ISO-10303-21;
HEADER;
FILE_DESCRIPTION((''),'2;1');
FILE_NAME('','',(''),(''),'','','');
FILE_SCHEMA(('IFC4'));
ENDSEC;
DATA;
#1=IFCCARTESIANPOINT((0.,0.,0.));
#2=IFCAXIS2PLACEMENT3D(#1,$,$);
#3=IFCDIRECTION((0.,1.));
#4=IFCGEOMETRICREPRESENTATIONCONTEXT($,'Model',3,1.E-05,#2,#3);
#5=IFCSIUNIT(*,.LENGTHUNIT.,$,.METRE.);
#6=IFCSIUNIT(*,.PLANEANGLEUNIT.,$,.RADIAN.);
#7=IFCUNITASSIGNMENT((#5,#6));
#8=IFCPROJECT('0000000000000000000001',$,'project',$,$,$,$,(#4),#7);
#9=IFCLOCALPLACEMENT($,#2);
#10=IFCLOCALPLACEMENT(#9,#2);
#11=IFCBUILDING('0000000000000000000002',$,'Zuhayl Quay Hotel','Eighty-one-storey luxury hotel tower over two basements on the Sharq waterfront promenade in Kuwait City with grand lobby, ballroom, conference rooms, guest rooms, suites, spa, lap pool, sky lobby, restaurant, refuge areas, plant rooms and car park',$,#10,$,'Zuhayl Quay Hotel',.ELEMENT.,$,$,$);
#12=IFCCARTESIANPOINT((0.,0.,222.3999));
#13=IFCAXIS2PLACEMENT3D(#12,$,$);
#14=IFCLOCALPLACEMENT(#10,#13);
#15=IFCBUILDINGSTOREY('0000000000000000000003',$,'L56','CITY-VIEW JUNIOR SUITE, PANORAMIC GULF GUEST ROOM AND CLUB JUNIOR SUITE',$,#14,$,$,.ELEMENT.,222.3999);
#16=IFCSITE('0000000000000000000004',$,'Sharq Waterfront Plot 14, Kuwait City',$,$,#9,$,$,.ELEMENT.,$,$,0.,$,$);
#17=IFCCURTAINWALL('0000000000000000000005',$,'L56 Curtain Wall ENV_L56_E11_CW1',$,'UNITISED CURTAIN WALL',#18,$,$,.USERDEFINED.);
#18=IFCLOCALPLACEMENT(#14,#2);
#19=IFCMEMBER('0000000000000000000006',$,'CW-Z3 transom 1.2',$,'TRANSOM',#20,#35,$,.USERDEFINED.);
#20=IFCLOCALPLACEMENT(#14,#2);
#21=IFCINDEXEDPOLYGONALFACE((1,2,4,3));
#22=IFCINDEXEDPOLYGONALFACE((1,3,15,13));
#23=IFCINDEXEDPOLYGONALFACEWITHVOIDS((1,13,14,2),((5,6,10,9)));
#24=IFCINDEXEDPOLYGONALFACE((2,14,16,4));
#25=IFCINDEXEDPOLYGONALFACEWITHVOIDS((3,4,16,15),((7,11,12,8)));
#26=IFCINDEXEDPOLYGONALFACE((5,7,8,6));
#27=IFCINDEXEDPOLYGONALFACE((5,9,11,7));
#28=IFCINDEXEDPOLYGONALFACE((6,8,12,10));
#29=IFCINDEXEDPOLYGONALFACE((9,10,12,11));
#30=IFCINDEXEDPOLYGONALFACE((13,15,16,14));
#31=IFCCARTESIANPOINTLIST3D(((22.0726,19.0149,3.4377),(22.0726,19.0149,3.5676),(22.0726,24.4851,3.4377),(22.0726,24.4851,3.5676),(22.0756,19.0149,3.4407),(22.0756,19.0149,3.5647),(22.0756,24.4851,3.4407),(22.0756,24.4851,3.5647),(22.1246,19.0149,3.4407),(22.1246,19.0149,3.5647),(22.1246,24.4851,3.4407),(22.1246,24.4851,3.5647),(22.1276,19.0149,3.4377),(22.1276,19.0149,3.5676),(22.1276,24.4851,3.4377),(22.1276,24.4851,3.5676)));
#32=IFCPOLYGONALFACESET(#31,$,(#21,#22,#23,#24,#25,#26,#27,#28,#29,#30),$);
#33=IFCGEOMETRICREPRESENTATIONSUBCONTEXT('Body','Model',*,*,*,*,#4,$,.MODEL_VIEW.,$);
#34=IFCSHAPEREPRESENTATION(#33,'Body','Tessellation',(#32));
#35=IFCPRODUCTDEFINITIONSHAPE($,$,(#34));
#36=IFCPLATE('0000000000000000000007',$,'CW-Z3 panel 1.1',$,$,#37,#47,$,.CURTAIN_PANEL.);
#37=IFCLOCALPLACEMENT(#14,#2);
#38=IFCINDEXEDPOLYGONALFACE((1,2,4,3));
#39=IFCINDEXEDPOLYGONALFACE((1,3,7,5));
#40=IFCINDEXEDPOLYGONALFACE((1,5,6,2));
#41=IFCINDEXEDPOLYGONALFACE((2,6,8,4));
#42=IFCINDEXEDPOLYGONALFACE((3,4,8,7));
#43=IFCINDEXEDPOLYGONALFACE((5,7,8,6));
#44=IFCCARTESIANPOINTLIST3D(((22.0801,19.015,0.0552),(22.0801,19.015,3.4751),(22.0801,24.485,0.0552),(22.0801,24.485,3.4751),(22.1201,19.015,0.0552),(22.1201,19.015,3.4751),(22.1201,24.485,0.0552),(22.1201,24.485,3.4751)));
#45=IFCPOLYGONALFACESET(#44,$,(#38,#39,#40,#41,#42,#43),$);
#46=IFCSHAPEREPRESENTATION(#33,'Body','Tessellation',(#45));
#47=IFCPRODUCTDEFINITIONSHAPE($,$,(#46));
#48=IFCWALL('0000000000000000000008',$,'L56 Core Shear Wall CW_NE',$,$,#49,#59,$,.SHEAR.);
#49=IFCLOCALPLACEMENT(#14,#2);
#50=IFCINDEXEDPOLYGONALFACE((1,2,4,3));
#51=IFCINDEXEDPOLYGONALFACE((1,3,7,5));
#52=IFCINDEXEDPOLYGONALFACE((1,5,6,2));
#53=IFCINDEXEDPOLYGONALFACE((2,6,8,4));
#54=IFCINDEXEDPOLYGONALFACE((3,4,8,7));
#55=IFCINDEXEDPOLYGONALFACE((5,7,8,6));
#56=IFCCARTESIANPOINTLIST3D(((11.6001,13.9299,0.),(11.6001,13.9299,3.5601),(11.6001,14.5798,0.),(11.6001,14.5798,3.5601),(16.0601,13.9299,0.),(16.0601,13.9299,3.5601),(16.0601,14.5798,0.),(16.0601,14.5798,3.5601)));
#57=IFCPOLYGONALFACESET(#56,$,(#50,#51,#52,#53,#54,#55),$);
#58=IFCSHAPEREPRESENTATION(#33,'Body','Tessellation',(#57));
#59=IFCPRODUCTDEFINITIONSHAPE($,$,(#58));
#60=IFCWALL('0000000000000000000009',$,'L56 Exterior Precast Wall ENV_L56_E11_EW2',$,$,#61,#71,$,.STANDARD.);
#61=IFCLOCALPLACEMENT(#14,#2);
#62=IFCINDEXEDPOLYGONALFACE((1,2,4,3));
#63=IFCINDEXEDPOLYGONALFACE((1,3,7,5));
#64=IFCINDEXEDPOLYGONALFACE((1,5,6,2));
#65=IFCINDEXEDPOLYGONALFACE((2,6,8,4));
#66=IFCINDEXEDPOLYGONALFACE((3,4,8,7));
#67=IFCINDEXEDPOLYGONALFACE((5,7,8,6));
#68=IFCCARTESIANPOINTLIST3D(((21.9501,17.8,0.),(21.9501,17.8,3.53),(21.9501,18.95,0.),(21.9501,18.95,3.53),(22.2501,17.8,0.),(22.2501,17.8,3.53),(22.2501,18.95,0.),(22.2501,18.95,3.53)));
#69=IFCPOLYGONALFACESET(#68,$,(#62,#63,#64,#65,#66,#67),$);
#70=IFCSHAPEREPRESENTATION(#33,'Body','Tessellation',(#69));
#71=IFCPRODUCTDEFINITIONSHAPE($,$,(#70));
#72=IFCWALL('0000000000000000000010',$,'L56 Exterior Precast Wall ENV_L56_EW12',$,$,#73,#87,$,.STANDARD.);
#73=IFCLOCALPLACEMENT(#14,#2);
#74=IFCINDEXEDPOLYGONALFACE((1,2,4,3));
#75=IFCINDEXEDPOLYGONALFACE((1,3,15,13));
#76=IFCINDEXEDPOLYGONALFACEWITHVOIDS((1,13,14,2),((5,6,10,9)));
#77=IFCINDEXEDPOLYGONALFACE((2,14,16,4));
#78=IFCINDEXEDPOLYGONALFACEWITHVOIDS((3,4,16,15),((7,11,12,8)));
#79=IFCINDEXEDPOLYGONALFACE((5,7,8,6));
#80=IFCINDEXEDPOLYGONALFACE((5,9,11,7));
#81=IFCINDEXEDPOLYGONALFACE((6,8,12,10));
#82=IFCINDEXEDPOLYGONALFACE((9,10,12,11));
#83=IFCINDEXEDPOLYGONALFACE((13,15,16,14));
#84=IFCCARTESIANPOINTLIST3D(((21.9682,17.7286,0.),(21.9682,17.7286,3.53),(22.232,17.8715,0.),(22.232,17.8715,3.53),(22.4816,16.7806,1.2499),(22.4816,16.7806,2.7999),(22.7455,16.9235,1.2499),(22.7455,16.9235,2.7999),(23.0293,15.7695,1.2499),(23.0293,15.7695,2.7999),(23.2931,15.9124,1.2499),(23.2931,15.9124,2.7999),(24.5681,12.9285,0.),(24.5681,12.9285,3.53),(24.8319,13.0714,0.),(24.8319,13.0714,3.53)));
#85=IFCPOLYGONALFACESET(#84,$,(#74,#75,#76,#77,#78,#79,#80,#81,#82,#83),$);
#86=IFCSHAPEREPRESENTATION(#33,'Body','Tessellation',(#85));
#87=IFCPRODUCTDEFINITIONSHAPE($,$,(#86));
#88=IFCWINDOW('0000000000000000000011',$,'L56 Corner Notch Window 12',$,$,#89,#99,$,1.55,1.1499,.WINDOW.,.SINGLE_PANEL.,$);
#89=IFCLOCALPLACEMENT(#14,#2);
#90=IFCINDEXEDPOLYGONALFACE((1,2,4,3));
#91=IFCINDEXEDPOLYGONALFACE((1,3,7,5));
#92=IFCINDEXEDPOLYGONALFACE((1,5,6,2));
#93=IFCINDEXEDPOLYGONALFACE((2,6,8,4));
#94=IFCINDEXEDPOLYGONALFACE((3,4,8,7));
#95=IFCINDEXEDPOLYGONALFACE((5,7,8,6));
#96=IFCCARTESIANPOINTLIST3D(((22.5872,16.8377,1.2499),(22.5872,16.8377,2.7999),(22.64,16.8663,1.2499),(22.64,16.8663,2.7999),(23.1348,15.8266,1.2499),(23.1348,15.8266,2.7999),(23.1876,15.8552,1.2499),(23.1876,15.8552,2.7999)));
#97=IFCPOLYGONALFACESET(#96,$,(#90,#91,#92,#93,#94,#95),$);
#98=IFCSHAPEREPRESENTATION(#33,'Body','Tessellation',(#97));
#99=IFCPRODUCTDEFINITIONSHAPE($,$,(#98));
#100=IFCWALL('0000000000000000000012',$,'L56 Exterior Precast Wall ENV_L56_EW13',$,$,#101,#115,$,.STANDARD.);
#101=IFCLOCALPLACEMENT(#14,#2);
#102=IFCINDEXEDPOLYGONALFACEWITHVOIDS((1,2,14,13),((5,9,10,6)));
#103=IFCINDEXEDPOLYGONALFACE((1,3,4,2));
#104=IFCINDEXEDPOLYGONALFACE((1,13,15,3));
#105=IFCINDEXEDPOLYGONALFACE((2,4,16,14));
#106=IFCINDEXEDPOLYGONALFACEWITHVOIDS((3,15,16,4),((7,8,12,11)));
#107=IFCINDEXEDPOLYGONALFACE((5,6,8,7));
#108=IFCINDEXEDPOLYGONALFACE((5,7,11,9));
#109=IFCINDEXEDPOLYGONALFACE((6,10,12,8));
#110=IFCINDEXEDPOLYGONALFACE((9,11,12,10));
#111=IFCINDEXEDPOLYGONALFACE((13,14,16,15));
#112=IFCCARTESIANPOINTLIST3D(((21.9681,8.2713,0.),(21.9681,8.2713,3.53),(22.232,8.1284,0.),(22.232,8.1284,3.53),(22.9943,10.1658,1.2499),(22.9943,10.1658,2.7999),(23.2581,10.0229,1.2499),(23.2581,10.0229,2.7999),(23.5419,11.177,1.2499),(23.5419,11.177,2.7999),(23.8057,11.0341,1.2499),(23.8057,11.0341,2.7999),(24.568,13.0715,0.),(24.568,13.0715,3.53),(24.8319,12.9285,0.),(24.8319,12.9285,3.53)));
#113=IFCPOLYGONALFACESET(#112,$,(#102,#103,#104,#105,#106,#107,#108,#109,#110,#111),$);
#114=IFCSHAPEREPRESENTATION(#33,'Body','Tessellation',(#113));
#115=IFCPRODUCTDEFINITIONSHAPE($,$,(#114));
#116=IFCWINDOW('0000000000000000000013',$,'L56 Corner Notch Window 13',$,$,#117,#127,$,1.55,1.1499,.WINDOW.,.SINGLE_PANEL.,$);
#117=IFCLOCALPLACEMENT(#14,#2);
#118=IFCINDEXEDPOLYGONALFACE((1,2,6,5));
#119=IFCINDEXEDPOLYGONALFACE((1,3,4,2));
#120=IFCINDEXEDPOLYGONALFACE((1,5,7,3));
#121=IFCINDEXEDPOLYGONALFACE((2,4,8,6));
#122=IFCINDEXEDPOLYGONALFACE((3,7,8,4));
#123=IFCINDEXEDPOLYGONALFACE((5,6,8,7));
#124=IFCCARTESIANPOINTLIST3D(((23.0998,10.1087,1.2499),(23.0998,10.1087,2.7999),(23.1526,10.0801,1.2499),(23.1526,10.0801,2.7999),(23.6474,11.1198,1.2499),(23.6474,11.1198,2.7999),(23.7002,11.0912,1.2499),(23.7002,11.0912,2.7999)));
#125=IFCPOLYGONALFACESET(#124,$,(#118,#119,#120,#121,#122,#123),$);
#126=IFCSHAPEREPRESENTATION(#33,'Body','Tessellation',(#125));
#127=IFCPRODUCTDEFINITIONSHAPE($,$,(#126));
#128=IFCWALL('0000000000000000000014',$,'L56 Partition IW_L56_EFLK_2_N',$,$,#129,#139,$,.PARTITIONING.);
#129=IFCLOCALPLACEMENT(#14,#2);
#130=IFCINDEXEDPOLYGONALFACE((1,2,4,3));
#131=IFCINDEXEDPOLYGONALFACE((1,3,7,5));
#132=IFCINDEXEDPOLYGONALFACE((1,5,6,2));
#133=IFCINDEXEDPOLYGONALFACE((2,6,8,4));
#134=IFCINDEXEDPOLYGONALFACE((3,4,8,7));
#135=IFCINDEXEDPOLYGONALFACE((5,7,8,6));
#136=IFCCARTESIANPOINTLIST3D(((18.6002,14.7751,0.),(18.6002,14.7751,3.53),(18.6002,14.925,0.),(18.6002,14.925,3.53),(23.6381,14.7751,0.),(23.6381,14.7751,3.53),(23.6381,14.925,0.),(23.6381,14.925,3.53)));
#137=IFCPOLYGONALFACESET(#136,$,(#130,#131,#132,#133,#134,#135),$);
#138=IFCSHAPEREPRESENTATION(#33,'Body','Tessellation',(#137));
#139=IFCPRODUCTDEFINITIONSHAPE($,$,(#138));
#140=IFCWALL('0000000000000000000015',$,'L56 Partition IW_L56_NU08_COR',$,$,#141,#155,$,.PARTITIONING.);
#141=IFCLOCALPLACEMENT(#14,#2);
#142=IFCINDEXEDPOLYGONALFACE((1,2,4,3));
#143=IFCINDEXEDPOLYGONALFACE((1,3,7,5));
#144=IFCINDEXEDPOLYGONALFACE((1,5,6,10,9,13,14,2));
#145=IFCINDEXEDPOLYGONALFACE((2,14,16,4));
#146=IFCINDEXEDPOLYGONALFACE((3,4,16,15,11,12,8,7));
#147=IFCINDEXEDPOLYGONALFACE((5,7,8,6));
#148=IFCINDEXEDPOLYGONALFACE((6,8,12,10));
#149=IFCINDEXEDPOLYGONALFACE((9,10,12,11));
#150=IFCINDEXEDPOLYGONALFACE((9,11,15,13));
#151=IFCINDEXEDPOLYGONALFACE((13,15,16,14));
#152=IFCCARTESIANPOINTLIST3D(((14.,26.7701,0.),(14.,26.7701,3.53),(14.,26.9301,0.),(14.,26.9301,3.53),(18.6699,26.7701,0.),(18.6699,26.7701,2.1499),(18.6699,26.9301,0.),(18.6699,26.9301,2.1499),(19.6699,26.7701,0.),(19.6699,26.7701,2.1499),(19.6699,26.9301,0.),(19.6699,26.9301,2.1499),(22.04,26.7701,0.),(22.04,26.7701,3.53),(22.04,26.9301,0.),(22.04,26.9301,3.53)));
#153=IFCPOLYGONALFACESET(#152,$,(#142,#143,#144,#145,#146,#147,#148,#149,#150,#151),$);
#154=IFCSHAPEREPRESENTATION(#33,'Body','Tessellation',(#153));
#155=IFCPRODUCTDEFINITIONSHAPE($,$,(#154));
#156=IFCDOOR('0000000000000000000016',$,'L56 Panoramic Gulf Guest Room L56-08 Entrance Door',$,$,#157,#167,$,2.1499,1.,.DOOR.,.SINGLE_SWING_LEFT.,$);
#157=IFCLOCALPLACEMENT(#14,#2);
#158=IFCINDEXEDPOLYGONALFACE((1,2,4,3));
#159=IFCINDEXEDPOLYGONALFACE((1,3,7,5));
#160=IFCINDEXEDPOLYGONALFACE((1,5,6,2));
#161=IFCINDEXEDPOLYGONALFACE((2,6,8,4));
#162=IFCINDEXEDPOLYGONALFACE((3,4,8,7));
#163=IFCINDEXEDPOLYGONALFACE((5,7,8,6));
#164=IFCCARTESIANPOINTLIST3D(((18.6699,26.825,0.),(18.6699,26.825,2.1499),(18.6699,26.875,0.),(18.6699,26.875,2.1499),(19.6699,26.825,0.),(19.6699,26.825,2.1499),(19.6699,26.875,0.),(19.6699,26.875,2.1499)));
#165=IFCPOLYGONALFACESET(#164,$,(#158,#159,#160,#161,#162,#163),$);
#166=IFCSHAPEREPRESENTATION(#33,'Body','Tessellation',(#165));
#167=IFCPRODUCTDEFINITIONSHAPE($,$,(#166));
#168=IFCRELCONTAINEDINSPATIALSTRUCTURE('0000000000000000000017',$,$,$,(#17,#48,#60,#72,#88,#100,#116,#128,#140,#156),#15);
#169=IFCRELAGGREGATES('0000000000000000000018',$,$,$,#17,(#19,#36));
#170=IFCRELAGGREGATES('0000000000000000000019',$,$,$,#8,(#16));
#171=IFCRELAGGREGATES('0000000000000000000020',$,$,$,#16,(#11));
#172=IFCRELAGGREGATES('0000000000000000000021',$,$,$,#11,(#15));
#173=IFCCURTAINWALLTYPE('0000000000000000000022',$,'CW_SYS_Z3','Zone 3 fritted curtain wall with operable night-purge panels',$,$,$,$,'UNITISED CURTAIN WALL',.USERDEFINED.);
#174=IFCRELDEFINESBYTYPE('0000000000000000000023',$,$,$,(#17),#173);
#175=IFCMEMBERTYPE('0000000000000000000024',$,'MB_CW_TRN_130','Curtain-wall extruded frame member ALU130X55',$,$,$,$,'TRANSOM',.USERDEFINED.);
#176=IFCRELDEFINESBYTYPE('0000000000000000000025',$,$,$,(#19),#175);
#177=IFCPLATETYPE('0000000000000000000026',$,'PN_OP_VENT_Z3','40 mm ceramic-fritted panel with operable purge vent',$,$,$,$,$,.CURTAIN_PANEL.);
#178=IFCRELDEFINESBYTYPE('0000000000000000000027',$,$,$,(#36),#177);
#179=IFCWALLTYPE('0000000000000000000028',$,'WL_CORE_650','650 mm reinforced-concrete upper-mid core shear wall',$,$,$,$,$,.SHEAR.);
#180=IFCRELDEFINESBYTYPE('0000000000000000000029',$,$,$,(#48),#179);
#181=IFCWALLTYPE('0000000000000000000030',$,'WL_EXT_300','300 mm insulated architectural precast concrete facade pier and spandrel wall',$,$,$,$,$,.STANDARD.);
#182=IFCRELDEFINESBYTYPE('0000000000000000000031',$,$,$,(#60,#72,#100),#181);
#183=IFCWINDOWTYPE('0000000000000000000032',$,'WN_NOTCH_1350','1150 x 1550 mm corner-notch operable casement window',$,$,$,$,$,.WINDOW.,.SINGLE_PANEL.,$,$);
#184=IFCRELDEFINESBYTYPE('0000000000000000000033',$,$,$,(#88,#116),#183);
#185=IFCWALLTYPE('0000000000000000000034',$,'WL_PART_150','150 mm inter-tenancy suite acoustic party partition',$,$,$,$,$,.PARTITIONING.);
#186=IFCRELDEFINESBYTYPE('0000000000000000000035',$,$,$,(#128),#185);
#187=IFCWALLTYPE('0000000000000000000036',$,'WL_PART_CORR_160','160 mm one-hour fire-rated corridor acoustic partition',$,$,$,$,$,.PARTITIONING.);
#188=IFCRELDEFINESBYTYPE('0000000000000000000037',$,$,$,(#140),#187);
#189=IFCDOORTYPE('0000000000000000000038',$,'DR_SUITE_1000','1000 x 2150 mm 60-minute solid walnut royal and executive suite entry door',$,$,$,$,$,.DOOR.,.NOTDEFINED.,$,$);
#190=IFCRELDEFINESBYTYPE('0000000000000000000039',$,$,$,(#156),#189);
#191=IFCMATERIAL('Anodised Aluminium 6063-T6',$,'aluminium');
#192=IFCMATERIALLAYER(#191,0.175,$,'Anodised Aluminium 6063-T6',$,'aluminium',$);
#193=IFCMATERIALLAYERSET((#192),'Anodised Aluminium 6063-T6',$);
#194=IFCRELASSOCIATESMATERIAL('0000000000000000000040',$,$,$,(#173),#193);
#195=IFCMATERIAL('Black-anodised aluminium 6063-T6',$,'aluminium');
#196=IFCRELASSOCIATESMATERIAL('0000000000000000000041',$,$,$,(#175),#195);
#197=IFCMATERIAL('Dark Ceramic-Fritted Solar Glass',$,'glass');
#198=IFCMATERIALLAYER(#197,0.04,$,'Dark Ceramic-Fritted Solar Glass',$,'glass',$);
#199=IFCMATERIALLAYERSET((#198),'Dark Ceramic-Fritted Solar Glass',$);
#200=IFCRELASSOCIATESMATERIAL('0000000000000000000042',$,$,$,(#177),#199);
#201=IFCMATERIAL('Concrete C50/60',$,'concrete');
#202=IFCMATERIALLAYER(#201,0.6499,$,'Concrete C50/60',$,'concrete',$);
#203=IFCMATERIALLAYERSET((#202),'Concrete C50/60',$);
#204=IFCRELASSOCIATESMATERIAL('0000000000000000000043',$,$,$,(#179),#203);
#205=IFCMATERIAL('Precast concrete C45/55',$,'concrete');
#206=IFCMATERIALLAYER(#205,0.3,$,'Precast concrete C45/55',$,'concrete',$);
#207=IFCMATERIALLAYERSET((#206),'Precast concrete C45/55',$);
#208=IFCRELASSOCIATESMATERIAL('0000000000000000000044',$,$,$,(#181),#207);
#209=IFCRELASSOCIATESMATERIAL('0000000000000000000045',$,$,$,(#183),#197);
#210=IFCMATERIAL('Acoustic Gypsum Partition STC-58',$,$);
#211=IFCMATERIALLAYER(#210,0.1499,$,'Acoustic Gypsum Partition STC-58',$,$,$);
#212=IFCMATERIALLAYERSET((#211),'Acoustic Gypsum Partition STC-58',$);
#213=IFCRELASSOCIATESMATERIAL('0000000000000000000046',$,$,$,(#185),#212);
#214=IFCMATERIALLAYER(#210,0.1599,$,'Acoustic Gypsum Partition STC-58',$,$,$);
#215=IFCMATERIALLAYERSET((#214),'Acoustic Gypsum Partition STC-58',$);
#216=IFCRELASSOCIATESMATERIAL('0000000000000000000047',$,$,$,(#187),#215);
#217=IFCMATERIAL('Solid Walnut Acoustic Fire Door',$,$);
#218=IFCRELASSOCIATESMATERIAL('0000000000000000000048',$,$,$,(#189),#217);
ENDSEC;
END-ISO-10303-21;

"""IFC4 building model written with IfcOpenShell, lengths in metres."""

from ifc_helpers import new_model, si_unit, direction, frame, frame_2d, origin, origin_2d, place, context, subcontext, project, spatial, rectangle, hollow_rectangle, extrude, material, layer, layer_set, material_profile, profile_set, type_object, element, fill, aggregate, save


model = new_model("IFC4")

# Units and contexts
model_context = context("Model", 3, precision=1e-05, world=origin(), true_north=direction((0.0, 1.0)))
body_context = subcontext(model_context, "Body", "Model", "MODEL_VIEW")
ifc_project = project(units=[si_unit("LENGTHUNIT", "METRE"), si_unit("PLANEANGLEUNIT", "RADIAN")], contexts=[model_context])

# Site, building, storey
site_placement = place(None, origin())
site = spatial("IfcSite", under=ifc_project, at=site_placement, Name="Sharq Waterfront Plot 14, Kuwait City", CompositionType="ELEMENT", RefElevation=0.0)
building_placement = place(site_placement, origin())
building = spatial("IfcBuilding", under=site, at=building_placement, Name="Zuhayl Quay Hotel", Description="Eighty-one-storey luxury hotel tower over two basements on the Sharq waterfront promenade in Kuwait City with grand lobby, ballroom, conference rooms, guest rooms, suites, spa, lap pool, sky lobby, restaurant, refuge areas, plant rooms and car park", LongName="Zuhayl Quay Hotel", CompositionType="ELEMENT")
storey_placement = place(building_placement, frame((0.0, 0.0, 222.3999)))
storey = spatial("IfcBuildingStorey", under=building, at=storey_placement, Name="L56", Description="CITY-VIEW JUNIOR SUITE, PANORAMIC GULF GUEST ROOM AND CLUB JUNIOR SUITE", CompositionType="ELEMENT", Elevation=222.3999)

# Curtain wall, member, plate
ifc_material_1 = material(Name="Anodised Aluminium 6063-T6", Category="aluminium")
ifc_layer_1 = layer(ifc_material_1, 0.175, Name="Anodised Aluminium 6063-T6", Category="aluminium")
ifc_layer_set_1 = layer_set([ifc_layer_1], Name="Anodised Aluminium 6063-T6")
curtain_wall_type = type_object("IfcCurtainWallType", Name="CW_SYS_Z3", Description="Zone 3 fritted curtain wall with operable night-purge panels", ElementType="UNITISED CURTAIN WALL", PredefinedType="USERDEFINED", material=ifc_layer_set_1)
curtain_wall_placement = place(storey_placement, origin())
curtain_wall = element("IfcCurtainWall", 1, at=curtain_wall_placement, inside=storey, type_object=curtain_wall_type, Name="L56 Curtain Wall ENV_L56_E11_CW1", ObjectType="UNITISED CURTAIN WALL", PredefinedType="USERDEFINED")
ifc_material_2 = material(Name="Black-anodised aluminium 6063-T6", Category="aluminium")
ifc_material_profile_1 = material_profile(ifc_material_2, hollow_rectangle(XDim=0.0549, YDim=0.1299, WallThickness=0.0029, at=origin_2d()), Name="ALU130X55")
ifc_profile_set_1 = profile_set([ifc_material_profile_1], Name="Black-anodised aluminium 6063-T6")
member_type_1 = type_object("IfcMemberType", Name="MB_CW_TRN_130", Description="Curtain-wall extruded frame member ALU130X55", ElementType="TRANSOM", PredefinedType="USERDEFINED", material=ifc_profile_set_1)
member_1_placement = place(storey_placement, frame((22.1001, 24.4851, 3.5027), z_axis=(0.0, -1.0, 0.0), x_axis=(1.0, 0.0, 0.0)))
member_1 = element("IfcMember", 2, at=member_1_placement, type_object=member_type_1, Name="CW-Z3 transom 1.2", ObjectType="TRANSOM", PredefinedType="USERDEFINED", context=body_context, shape_type="SweptSolid", body=[
    extrude(hollow_rectangle(XDim=0.0549, YDim=0.1299, WallThickness=0.0029, at=origin_2d()), origin(), (0.0, 0.0, 1.0), 5.4702),
])
ifc_material_3 = material(Name="Dark Ceramic-Fritted Solar Glass", Category="glass")
ifc_layer_2 = layer(ifc_material_3, 0.04, Name="Dark Ceramic-Fritted Solar Glass", Category="glass")
ifc_layer_set_2 = layer_set([ifc_layer_2], Name="Dark Ceramic-Fritted Solar Glass")
plate_type = type_object("IfcPlateType", Name="PN_OP_VENT_Z3", Description="40 mm ceramic-fritted panel with operable purge vent", PredefinedType="CURTAIN_PANEL", material=ifc_layer_set_2)
plate_placement = place(storey_placement, frame((22.1001, 21.75, 0.0552), z_axis=(0.0, 0.0, 1.0), x_axis=(0.0, -1.0, 0.0)))
plate = element("IfcPlate", 3, at=plate_placement, type_object=plate_type, Name="CW-Z3 panel 1.1", PredefinedType="CURTAIN_PANEL", context=body_context, shape_type="SweptSolid", body=[
    extrude(rectangle(XDim=5.47, YDim=0.04, at=origin_2d()), origin(), (0.0, 0.0, 1.0), 3.4199),
])
aggregate(curtain_wall, [member_1, plate])

# Walls
ifc_material_4 = material(Name="Concrete C50/60", Category="concrete")
ifc_layer_3 = layer(ifc_material_4, 0.6499, Name="Concrete C50/60", Category="concrete")
ifc_layer_set_3 = layer_set([ifc_layer_3], Name="Concrete C50/60")
wall_type_1 = type_object("IfcWallType", Name="WL_CORE_650", Description="650 mm reinforced-concrete upper-mid core shear wall", PredefinedType="SHEAR", material=ifc_layer_set_3)
wall_1_placement = place(storey_placement, frame((11.6001, 14.2549, 0.0), z_axis=(0.0, 0.0, 1.0), x_axis=(1.0, 0.0, 0.0)))
element("IfcWall", 4, at=wall_1_placement, inside=storey, type_object=wall_type_1, Name="L56 Core Shear Wall CW_NE", PredefinedType="SHEAR", context=body_context, shape_type="SweptSolid", body=[
    extrude(rectangle(XDim=4.46, YDim=0.6499, at=frame_2d((2.23, 0.0))), origin(), (0.0, 0.0, 1.0), 3.5601),
])
ifc_material_5 = material(Name="Precast concrete C45/55", Category="concrete")
ifc_layer_4 = layer(ifc_material_5, 0.3, Name="Precast concrete C45/55", Category="concrete")
ifc_layer_set_4 = layer_set([ifc_layer_4], Name="Precast concrete C45/55")
wall_type_2 = type_object("IfcWallType", Name="WL_EXT_300", Description="300 mm insulated architectural precast concrete facade pier and spandrel wall", PredefinedType="STANDARD", material=ifc_layer_set_4)
wall_2_placement = place(storey_placement, frame((22.1001, 18.95, 0.0), z_axis=(0.0, 0.0, 1.0), x_axis=(0.0, -1.0, 0.0)))
element("IfcWall", 5, at=wall_2_placement, inside=storey, type_object=wall_type_2, Name="L56 Exterior Precast Wall ENV_L56_E11_EW2", PredefinedType="STANDARD", context=body_context, shape_type="SweptSolid", body=[
    extrude(rectangle(XDim=1.1499, YDim=0.3, at=frame_2d((0.575, 0.0))), origin(), (0.0, 0.0, 1.0), 3.53),
])

# Walls, openings, windows
wall_3_placement = place(storey_placement, frame((22.1001, 17.8, 0.0), z_axis=(0.0, 0.0, 1.0), x_axis=(0.476259, -0.879305, 0.0)))
wall_3 = element("IfcWall", 6, at=wall_3_placement, inside=storey, type_object=wall_type_2, Name="L56 Exterior Precast Wall ENV_L56_EW12", PredefinedType="STANDARD", context=body_context, shape_type="SweptSolid", body=[
    extrude(rectangle(XDim=5.459, YDim=0.3, at=frame_2d((2.7295, 0.0))), origin(), (0.0, 0.0, 1.0), 3.53),
])
opening_1_placement = place(wall_3_placement, frame((1.0781, 0.0, 1.25)))
opening_1 = element("IfcOpeningElement", 7, at=opening_1_placement, cuts=wall_3, PredefinedType="OPENING", context=body_context, shape_type="SweptSolid", body=[
    extrude(rectangle(XDim=1.1499, YDim=1.55, at=frame_2d((0.575, 0.7749))), frame((0.0, 0.1599, 0.0), z_axis=(0.0, -1.0, 0.0), x_axis=(1.0, 0.0, 0.0)), (0.0, 0.0, 1.0), 0.3201),
])
window_type = type_object("IfcWindowType", Name="WN_NOTCH_1350", Description="1150 x 1550 mm corner-notch operable casement window", PartitioningType="SINGLE_PANEL", PredefinedType="WINDOW", material=ifc_material_3)
window_1_placement = place(opening_1_placement, origin())
window_1 = element("IfcWindow", 8, at=window_1_placement, inside=storey, type_object=window_type, Name="L56 Corner Notch Window 12", OverallHeight=1.55, OverallWidth=1.1499, PartitioningType="SINGLE_PANEL", PredefinedType="WINDOW", context=body_context, shape_type="SweptSolid", body=[
    extrude(rectangle(XDim=1.1499, YDim=1.55, at=frame_2d((0.575, 0.7749))), frame((0.0, 0.03, 0.0), z_axis=(0.0, -1.0, 0.0), x_axis=(1.0, 0.0, 0.0)), (0.0, 0.0, 1.0), 0.0601),
])
fill(opening_1, window_1)
wall_4_placement = place(storey_placement, frame((24.7, 13.0, 0.0), z_axis=(0.0, 0.0, 1.0), x_axis=(-0.476259, -0.879305, 0.0)))
wall_4 = element("IfcWall", 9, at=wall_4_placement, inside=storey, type_object=wall_type_2, Name="L56 Exterior Precast Wall ENV_L56_EW13", PredefinedType="STANDARD", context=body_context, shape_type="SweptSolid", body=[
    extrude(rectangle(XDim=5.459, YDim=0.3, at=frame_2d((2.7295, 0.0))), origin(), (0.0, 0.0, 1.0), 3.53),
])
opening_2_placement = place(wall_4_placement, frame((2.1545, 0.0, 1.25)))
opening_2 = element("IfcOpeningElement", 10, at=opening_2_placement, cuts=wall_4, PredefinedType="OPENING", context=body_context, shape_type="SweptSolid", body=[
    extrude(rectangle(XDim=1.1499, YDim=1.55, at=frame_2d((0.575, 0.7749))), frame((0.0, 0.1599, 0.0), z_axis=(0.0, -1.0, 0.0), x_axis=(1.0, 0.0, 0.0)), (0.0, 0.0, 1.0), 0.3201),
])
window_2_placement = place(opening_2_placement, origin())
window_2 = element("IfcWindow", 11, at=window_2_placement, inside=storey, type_object=window_type, Name="L56 Corner Notch Window 13", OverallHeight=1.55, OverallWidth=1.1499, PartitioningType="SINGLE_PANEL", PredefinedType="WINDOW", context=body_context, shape_type="SweptSolid", body=[
    extrude(rectangle(XDim=1.1499, YDim=1.55, at=frame_2d((0.575, 0.7749))), frame((0.0, 0.03, 0.0), z_axis=(0.0, -1.0, 0.0), x_axis=(1.0, 0.0, 0.0)), (0.0, 0.0, 1.0), 0.0601),
])
fill(opening_2, window_2)

# Wall
ifc_material_6 = material(Name="Acoustic Gypsum Partition STC-58")
ifc_layer_5 = layer(ifc_material_6, 0.1499, Name="Acoustic Gypsum Partition STC-58")
ifc_layer_set_5 = layer_set([ifc_layer_5], Name="Acoustic Gypsum Partition STC-58")
wall_type_3 = type_object("IfcWallType", Name="WL_PART_150", Description="150 mm inter-tenancy suite acoustic party partition", PredefinedType="PARTITIONING", material=ifc_layer_set_5)
wall_5_placement = place(storey_placement, frame((18.6001, 14.8501, 0.0), z_axis=(0.0, 0.0, 1.0), x_axis=(1.0, 0.0, 0.0)))
element("IfcWall", 12, at=wall_5_placement, inside=storey, type_object=wall_type_3, Name="L56 Partition IW_L56_EFLK_2_N", PredefinedType="PARTITIONING", context=body_context, shape_type="SweptSolid", body=[
    extrude(rectangle(XDim=5.0378, YDim=0.1499, at=frame_2d((2.519, 0.0))), origin(), (0.0, 0.0, 1.0), 3.53),
])

# Wall, opening, door
ifc_layer_6 = layer(ifc_material_6, 0.1599, Name="Acoustic Gypsum Partition STC-58")
ifc_layer_set_6 = layer_set([ifc_layer_6], Name="Acoustic Gypsum Partition STC-58")
wall_type_4 = type_object("IfcWallType", Name="WL_PART_CORR_160", Description="160 mm one-hour fire-rated corridor acoustic partition", PredefinedType="PARTITIONING", material=ifc_layer_set_6)
wall_6_placement = place(storey_placement, frame((14.0, 26.8501, 0.0), z_axis=(0.0, 0.0, 1.0), x_axis=(1.0, 0.0, 0.0)))
wall_6 = element("IfcWall", 13, at=wall_6_placement, inside=storey, type_object=wall_type_4, Name="L56 Partition IW_L56_NU08_COR", PredefinedType="PARTITIONING", context=body_context, shape_type="SweptSolid", body=[
    extrude(rectangle(XDim=8.04, YDim=0.1599, at=frame_2d((4.02, 0.0))), origin(), (0.0, 0.0, 1.0), 3.53),
])
opening_3_placement = place(wall_6_placement, frame((4.6699, 0.0, 0.0)))
opening_3 = element("IfcOpeningElement", 14, at=opening_3_placement, cuts=wall_6, PredefinedType="OPENING", context=body_context, shape_type="SweptSolid", body=[
    extrude(rectangle(XDim=1.0, YDim=2.1499, at=frame_2d((0.5, 1.075))), frame((0.0, 0.0898, 0.0), z_axis=(0.0, -1.0, 0.0), x_axis=(1.0, 0.0, 0.0)), (0.0, 0.0, 1.0), 0.1799),
])
ifc_material_7 = material(Name="Solid Walnut Acoustic Fire Door")
door_type_1 = type_object("IfcDoorType", Name="DR_SUITE_1000", Description="1000 x 2150 mm 60-minute solid walnut royal and executive suite entry door", OperationType="NOTDEFINED", PredefinedType="DOOR", material=ifc_material_7)
door_1_placement = place(opening_3_placement, origin())
door_1 = element("IfcDoor", 15, at=door_1_placement, inside=storey, type_object=door_type_1, Name="L56 Panoramic Gulf Guest Room L56-08 Entrance Door", OperationType="SINGLE_SWING_LEFT", OverallHeight=2.1499, OverallWidth=1.0, PredefinedType="DOOR", context=body_context, shape_type="SweptSolid", body=[
    extrude(rectangle(XDim=1.0, YDim=2.1499, at=frame_2d((0.5, 1.075))), frame((0.0, 0.0249, 0.0), z_axis=(0.0, -1.0, 0.0), x_axis=(1.0, 0.0, 0.0)), (0.0, 0.0, 1.0), 0.05),
])
fill(opening_3, door_1)

save(model, "model.ifc")
